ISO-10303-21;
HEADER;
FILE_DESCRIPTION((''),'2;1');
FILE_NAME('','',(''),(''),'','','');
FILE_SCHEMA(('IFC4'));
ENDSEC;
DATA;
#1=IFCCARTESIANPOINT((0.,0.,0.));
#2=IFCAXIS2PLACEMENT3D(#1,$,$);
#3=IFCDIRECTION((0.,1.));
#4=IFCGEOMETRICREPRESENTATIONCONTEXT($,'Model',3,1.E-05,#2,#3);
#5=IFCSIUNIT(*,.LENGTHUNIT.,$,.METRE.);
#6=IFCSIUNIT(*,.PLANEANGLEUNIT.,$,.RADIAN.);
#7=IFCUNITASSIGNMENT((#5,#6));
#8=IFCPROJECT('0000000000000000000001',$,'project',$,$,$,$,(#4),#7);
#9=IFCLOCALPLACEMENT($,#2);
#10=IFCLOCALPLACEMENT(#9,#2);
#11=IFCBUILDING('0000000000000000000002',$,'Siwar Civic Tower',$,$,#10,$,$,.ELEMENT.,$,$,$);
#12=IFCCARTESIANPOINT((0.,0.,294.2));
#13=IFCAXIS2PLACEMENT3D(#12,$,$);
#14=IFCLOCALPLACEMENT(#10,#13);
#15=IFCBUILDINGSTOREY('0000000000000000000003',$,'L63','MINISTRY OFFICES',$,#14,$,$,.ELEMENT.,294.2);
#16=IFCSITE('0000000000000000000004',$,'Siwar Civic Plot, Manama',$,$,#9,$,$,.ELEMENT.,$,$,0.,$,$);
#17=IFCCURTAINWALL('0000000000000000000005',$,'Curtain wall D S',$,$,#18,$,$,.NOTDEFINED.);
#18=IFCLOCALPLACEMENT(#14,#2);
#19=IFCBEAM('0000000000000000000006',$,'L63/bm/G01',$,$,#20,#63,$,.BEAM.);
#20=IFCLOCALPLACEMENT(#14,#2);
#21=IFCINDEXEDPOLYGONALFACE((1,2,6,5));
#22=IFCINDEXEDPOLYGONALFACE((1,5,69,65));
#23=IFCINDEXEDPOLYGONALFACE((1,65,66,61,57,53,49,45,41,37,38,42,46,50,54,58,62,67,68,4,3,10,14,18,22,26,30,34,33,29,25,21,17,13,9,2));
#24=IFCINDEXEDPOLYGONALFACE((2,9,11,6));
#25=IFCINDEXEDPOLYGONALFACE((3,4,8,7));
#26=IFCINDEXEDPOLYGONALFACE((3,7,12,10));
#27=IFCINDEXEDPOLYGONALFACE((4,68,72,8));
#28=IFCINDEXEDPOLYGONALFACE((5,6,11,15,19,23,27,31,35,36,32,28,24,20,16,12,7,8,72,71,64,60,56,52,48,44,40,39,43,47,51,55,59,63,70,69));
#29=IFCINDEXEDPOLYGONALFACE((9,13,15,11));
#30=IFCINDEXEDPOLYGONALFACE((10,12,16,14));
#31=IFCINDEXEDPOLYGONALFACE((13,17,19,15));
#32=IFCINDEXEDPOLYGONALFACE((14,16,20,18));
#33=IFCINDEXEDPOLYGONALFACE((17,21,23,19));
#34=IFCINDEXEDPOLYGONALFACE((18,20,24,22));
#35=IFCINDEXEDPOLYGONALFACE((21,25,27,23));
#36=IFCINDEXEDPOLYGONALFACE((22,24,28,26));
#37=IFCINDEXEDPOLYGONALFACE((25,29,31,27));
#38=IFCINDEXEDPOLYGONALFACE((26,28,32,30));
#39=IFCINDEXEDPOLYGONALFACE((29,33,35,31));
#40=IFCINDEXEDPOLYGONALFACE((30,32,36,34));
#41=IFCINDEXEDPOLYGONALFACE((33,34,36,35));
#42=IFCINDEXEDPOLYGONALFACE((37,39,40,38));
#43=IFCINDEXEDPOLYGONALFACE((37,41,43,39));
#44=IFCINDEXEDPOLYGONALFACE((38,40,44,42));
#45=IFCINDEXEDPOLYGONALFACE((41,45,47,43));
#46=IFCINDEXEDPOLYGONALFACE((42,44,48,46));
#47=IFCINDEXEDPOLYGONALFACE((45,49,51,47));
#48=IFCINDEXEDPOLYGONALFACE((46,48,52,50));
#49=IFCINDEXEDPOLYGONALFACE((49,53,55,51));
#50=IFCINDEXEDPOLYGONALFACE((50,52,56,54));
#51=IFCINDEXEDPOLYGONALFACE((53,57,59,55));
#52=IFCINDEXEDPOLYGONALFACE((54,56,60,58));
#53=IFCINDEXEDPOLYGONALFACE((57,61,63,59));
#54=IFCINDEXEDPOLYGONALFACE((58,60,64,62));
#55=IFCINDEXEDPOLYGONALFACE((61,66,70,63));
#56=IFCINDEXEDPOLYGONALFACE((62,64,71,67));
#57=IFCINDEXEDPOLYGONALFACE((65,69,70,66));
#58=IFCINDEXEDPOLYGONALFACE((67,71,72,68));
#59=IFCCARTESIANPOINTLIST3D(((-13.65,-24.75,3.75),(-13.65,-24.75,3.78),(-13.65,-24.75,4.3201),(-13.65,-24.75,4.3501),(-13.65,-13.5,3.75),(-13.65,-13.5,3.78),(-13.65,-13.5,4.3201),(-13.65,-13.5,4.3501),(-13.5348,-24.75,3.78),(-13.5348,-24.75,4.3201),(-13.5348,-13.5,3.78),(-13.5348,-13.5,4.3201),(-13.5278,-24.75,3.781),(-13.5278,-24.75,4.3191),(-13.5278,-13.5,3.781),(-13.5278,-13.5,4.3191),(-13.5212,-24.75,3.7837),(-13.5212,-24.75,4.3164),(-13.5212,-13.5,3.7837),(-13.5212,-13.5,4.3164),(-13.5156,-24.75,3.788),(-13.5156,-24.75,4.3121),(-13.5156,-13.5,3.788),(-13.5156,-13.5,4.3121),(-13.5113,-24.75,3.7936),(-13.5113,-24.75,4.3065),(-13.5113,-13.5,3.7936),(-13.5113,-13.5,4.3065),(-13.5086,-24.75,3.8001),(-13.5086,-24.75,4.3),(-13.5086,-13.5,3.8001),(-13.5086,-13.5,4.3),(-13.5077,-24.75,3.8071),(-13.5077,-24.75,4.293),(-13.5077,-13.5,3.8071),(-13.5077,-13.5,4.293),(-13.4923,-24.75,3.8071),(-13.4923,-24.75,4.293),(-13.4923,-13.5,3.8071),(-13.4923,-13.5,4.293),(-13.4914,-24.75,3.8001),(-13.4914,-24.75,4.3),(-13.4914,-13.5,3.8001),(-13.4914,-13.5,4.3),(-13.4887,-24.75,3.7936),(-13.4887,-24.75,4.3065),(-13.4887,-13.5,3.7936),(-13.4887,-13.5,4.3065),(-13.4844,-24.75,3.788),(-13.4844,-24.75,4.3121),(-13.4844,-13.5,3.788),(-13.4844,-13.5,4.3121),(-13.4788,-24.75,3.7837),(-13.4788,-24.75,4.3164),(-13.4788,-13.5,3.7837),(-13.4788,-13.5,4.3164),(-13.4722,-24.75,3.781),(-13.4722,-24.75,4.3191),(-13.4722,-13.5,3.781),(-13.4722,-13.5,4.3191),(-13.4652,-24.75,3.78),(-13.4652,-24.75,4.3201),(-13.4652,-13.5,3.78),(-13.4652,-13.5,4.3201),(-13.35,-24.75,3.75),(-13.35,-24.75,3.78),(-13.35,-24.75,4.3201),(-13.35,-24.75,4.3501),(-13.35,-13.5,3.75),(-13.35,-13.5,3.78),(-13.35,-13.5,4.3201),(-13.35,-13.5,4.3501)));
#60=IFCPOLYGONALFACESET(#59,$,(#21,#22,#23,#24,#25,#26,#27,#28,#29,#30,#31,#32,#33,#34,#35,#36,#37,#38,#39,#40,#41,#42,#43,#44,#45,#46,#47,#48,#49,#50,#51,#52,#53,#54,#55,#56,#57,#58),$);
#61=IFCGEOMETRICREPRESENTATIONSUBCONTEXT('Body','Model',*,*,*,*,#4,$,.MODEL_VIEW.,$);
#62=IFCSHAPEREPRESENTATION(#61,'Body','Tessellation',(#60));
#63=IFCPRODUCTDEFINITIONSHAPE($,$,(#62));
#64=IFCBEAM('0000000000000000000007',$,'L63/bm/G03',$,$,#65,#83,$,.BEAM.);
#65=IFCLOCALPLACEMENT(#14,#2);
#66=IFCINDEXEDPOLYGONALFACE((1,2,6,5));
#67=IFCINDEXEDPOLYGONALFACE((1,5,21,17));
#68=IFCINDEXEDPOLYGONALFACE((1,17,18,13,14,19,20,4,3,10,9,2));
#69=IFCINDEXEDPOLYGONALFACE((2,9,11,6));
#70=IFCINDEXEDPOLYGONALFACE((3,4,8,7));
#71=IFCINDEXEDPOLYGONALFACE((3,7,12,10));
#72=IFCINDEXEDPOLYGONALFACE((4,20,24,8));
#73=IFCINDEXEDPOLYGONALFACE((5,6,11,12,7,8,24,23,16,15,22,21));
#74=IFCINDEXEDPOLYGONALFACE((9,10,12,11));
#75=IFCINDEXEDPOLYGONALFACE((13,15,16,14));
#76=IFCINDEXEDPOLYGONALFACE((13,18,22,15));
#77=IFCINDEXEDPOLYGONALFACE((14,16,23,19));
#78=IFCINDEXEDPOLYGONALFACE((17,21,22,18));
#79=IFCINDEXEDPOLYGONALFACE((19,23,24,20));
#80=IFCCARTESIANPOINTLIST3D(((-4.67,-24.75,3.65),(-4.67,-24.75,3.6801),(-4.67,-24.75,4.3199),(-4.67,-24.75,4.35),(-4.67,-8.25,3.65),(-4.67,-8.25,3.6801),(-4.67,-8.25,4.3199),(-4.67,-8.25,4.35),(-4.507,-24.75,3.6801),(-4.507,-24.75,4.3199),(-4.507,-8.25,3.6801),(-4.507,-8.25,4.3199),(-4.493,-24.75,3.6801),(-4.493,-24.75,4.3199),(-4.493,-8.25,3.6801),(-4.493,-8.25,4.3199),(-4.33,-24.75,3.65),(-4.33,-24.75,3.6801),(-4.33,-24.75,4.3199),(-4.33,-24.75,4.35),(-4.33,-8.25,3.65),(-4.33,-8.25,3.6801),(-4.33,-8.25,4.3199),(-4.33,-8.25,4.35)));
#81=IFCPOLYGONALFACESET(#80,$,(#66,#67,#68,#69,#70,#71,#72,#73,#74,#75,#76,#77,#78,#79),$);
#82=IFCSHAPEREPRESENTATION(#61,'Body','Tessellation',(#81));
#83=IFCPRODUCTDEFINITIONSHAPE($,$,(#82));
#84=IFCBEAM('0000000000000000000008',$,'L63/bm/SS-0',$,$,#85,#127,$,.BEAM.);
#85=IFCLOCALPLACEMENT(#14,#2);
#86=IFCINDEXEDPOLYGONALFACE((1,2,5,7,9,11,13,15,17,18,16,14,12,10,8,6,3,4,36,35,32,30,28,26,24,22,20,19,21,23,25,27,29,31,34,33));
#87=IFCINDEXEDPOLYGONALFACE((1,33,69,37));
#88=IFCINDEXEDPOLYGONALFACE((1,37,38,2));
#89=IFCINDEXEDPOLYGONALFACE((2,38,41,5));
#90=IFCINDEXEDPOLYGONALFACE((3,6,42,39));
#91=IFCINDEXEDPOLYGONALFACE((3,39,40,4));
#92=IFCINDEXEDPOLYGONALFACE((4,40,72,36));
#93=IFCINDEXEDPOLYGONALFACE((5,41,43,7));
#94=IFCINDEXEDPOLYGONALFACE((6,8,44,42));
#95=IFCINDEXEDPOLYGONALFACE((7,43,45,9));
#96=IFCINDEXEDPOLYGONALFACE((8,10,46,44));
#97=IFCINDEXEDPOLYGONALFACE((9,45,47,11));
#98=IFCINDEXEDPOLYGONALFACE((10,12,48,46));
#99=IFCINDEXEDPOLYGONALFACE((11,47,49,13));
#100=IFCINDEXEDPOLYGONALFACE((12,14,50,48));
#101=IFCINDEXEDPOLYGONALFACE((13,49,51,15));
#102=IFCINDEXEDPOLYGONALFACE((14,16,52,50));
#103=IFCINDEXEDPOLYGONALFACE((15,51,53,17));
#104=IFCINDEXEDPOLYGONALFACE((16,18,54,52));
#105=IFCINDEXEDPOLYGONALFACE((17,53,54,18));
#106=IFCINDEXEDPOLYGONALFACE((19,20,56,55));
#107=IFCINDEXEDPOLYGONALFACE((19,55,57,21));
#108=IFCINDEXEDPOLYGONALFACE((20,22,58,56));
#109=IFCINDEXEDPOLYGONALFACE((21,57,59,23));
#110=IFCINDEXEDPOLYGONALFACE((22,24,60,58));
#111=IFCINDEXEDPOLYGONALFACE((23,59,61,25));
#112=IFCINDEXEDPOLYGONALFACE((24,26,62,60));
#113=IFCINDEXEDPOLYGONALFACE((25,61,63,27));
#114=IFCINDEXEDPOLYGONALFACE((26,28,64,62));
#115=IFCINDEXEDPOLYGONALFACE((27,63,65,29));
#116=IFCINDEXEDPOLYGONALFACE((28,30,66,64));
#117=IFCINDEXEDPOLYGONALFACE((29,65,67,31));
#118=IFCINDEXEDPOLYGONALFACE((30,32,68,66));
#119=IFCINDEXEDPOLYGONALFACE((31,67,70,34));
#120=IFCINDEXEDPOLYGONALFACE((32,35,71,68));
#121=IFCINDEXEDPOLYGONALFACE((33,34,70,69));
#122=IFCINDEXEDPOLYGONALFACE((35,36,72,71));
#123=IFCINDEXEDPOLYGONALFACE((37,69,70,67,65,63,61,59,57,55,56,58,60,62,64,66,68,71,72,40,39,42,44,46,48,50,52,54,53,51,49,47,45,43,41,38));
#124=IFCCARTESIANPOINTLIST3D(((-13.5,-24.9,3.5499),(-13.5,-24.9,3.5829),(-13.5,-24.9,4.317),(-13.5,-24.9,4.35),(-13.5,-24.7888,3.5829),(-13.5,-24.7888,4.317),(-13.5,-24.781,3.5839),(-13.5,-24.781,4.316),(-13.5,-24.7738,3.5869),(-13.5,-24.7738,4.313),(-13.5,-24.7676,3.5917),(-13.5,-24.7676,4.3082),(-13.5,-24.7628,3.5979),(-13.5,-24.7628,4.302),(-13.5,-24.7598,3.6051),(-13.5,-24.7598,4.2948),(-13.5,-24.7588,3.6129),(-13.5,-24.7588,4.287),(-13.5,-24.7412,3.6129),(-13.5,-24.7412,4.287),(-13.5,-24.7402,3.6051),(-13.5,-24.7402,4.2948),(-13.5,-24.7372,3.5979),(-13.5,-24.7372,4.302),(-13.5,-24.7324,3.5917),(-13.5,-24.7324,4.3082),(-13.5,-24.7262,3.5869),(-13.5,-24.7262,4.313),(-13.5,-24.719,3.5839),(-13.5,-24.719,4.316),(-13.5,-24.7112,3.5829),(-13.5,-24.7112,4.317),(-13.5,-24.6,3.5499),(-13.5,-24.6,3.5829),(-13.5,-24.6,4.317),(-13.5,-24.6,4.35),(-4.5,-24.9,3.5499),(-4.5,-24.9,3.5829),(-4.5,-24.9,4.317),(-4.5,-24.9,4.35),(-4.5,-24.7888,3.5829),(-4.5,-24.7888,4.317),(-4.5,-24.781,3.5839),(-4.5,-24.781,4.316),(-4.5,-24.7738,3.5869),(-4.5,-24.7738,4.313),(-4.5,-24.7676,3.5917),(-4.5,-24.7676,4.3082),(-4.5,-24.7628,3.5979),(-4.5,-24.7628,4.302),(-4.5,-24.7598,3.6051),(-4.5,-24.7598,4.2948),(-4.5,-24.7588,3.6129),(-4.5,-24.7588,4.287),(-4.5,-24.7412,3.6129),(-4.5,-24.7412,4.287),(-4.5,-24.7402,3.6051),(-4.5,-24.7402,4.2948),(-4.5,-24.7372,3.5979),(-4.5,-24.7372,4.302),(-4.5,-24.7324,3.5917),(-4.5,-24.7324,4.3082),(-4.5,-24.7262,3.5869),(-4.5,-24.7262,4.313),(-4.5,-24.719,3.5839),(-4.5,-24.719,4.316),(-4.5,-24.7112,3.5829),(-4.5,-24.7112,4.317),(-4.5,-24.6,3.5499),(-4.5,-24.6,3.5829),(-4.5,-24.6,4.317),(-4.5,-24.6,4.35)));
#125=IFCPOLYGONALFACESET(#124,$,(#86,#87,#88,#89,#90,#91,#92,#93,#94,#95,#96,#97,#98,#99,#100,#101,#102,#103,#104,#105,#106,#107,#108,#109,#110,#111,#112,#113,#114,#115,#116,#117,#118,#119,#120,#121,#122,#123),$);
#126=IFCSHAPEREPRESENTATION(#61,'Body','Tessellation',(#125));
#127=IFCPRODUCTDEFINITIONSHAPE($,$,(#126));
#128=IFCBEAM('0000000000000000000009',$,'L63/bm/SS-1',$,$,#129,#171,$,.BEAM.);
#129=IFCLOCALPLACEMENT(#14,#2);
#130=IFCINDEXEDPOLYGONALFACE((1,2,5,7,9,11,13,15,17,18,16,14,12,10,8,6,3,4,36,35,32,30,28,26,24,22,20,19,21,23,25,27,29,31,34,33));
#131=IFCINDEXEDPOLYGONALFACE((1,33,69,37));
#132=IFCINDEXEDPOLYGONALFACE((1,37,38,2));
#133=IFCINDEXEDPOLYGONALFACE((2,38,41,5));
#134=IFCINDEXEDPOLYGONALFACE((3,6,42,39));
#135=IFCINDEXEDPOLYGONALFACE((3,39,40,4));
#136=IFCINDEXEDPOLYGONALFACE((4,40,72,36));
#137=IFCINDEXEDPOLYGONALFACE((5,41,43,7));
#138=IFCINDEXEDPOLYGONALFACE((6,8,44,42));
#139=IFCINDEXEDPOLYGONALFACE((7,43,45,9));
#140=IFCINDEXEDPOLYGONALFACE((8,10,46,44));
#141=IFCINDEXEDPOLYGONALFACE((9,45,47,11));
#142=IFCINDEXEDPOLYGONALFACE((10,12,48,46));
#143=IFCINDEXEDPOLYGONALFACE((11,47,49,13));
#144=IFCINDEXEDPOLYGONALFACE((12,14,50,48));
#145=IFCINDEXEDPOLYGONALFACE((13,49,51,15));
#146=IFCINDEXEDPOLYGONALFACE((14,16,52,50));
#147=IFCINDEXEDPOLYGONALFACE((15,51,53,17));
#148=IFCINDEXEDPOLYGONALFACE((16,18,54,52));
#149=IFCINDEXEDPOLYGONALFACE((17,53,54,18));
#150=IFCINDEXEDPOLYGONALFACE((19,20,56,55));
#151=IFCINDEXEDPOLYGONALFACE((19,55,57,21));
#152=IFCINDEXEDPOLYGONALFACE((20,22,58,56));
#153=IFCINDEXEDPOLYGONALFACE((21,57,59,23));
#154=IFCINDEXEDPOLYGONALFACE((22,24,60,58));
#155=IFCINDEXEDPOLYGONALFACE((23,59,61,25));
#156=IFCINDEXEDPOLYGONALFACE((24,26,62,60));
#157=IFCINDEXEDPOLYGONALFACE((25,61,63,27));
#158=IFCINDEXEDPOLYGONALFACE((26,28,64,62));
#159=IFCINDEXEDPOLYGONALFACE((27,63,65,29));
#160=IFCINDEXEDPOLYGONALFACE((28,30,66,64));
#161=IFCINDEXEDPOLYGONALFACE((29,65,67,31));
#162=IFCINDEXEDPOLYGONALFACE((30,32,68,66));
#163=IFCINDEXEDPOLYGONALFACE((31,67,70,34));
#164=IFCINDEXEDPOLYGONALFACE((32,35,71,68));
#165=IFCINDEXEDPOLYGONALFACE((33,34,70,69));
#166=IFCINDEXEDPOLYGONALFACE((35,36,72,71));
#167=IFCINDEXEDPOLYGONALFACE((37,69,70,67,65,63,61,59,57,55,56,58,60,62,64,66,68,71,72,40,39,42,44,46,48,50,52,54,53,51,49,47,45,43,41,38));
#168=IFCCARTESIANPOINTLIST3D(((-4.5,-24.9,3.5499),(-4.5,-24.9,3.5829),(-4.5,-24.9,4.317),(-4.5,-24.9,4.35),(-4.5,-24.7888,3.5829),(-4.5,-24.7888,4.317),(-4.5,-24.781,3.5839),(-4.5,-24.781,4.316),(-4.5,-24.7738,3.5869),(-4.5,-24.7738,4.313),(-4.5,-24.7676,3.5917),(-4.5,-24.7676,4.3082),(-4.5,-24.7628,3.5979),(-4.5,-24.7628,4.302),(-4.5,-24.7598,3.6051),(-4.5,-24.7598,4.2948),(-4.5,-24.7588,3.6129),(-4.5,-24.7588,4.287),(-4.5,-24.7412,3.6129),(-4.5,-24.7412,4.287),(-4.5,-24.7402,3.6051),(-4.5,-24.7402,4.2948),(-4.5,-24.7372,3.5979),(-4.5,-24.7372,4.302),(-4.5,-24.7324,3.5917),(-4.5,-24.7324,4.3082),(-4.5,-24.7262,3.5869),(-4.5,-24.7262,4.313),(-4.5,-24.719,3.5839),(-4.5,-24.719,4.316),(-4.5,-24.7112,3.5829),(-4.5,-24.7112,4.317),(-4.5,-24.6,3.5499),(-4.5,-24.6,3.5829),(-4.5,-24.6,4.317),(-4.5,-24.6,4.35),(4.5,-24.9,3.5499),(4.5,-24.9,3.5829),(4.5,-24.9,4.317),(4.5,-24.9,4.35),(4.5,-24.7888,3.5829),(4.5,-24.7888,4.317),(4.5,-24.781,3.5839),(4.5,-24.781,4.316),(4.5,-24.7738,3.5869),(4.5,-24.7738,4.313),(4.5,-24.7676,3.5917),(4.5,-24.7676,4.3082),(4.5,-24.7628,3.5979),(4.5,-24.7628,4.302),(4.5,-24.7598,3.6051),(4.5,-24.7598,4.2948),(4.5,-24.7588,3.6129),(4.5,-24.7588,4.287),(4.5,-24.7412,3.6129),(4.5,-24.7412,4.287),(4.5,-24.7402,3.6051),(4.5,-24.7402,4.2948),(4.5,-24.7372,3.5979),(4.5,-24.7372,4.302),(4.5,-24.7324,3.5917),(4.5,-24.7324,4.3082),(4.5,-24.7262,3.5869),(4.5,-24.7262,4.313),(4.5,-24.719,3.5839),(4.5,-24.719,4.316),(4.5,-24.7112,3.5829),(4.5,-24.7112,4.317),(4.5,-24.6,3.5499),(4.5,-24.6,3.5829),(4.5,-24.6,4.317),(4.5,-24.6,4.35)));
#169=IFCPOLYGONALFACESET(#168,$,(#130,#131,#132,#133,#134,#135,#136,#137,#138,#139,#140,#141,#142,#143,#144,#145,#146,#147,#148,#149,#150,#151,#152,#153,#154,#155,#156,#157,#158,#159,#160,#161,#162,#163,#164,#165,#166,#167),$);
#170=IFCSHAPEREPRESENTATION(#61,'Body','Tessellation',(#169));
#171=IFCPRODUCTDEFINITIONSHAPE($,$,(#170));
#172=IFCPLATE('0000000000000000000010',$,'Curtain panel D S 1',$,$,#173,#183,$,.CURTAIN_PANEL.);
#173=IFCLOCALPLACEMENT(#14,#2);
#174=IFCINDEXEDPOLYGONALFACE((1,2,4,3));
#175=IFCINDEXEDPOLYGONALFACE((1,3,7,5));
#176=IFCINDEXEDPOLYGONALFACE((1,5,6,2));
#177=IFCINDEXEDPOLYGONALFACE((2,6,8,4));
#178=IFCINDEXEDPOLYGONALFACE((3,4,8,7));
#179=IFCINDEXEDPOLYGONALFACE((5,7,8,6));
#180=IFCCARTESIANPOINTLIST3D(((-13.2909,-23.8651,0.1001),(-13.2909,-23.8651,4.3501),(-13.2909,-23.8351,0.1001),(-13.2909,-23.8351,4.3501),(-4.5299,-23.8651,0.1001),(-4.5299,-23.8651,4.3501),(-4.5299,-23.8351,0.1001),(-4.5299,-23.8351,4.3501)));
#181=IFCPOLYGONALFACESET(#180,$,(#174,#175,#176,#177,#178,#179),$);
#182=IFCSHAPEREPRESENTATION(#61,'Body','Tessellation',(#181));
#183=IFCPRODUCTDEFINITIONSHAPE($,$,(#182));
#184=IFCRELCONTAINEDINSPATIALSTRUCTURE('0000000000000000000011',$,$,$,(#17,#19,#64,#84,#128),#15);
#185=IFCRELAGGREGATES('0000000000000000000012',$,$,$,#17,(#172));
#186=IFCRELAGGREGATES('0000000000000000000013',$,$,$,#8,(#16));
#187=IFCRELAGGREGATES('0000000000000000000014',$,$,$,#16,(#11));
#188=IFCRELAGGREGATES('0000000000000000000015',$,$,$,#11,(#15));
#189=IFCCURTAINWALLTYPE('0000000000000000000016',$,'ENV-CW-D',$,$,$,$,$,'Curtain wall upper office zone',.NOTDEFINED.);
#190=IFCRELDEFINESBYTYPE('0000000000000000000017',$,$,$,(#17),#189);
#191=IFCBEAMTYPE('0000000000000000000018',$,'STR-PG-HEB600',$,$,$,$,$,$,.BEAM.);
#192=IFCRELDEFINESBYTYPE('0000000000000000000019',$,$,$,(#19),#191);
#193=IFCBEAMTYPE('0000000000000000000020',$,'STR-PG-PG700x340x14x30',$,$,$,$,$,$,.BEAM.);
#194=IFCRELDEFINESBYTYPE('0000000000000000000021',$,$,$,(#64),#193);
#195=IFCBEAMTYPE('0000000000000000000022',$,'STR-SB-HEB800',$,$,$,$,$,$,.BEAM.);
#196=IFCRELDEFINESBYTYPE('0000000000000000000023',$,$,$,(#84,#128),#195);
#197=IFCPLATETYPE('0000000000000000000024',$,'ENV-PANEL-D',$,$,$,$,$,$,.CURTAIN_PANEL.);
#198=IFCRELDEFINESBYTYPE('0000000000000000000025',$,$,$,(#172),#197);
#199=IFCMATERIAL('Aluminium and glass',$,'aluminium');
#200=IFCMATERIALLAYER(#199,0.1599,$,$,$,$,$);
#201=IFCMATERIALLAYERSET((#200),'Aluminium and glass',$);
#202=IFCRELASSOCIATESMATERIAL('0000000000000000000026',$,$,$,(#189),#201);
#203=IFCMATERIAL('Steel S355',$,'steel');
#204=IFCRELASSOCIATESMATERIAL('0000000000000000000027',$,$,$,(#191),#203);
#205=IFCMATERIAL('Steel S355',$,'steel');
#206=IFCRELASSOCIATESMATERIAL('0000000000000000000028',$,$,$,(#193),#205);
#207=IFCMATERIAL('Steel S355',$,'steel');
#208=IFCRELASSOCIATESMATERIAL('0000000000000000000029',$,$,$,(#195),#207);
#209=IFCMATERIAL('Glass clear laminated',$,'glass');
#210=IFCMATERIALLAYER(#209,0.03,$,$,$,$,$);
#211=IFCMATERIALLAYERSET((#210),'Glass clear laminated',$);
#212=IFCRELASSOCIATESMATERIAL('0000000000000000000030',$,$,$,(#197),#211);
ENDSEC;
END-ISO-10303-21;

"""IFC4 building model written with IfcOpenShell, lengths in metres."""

from ifc_helpers import new_model, si_unit, direction, frame, origin, origin_2d, place, context, subcontext, project, spatial, rectangle, i_section, extrude, material, layer, layer_set, material_profile, profile_set, type_object, element, aggregate, save


model = new_model("IFC4")

# Units and contexts
model_context = context("Model", 3, precision=1e-05, world=origin(), true_north=direction((0.0, 1.0)))
body_context = subcontext(model_context, "Body", "Model", "MODEL_VIEW")
ifc_project = project(units=[si_unit("LENGTHUNIT", "METRE"), si_unit("PLANEANGLEUNIT", "RADIAN")], contexts=[model_context])

# Site, building, storey
site_placement = place(None, origin())
site = spatial("IfcSite", under=ifc_project, at=site_placement, Name="Siwar Civic Plot, Manama", CompositionType="ELEMENT", RefElevation=0.0)
building_placement = place(site_placement, origin())
building = spatial("IfcBuilding", under=site, at=building_placement, Name="Siwar Civic Tower", CompositionType="ELEMENT")
storey_placement = place(building_placement, frame((0.0, 0.0, 294.2)))
storey = spatial("IfcBuildingStorey", under=building, at=storey_placement, Name="L63", Description="MINISTRY OFFICES", CompositionType="ELEMENT", Elevation=294.2)

# Curtain wall
ifc_material_1 = material(Name="Aluminium and glass", Category="aluminium")
ifc_layer_1 = layer(ifc_material_1, 0.1599)
ifc_layer_set_1 = layer_set([ifc_layer_1], Name="Aluminium and glass")
curtain_wall_type = type_object("IfcCurtainWallType", Name="ENV-CW-D", ElementType="Curtain wall upper office zone", PredefinedType="NOTDEFINED", material=ifc_layer_set_1)
curtain_wall_placement = place(storey_placement, origin())
curtain_wall = element("IfcCurtainWall", 1, at=curtain_wall_placement, inside=storey, type_object=curtain_wall_type, Name="Curtain wall D S", PredefinedType="NOTDEFINED")

# Beams
ifc_material_2 = material(Name="Steel S355", Category="steel")
ifc_material_profile_1 = material_profile(ifc_material_2, i_section(OverallWidth=0.3, OverallDepth=0.6001, WebThickness=0.0154, FlangeThickness=0.03, FilletRadius=0.0271, at=origin_2d()), Name="HEB600")
ifc_profile_set_1 = profile_set([ifc_material_profile_1], Name="Steel S355")
beam_type_1 = type_object("IfcBeamType", Name="STR-PG-HEB600", PredefinedType="BEAM", material=ifc_profile_set_1)
beam_1_placement = place(storey_placement, frame((-13.5, -24.75, 4.05), z_axis=(0.0, 1.0, 0.0), x_axis=(-1.0, 0.0, 0.0)))
element("IfcBeam", 2, at=beam_1_placement, inside=storey, type_object=beam_type_1, Name="L63/bm/G01", PredefinedType="BEAM", context=body_context, shape_type="SweptSolid", body=[
    extrude(i_section(OverallWidth=0.3, OverallDepth=0.6001, WebThickness=0.0154, FlangeThickness=0.03, FilletRadius=0.0271, at=origin_2d()), origin(), (0.0, 0.0, 1.0), 11.25),
])
ifc_material_3 = material(Name="Steel S355", Category="steel")
ifc_material_profile_2 = material_profile(ifc_material_3, i_section(OverallWidth=0.3401, OverallDepth=0.7, WebThickness=0.0139, FlangeThickness=0.03, at=origin_2d()), Name="PG700x340x14x30")
ifc_profile_set_2 = profile_set([ifc_material_profile_2], Name="Steel S355")
beam_type_2 = type_object("IfcBeamType", Name="STR-PG-PG700x340x14x30", PredefinedType="BEAM", material=ifc_profile_set_2)
beam_2_placement = place(storey_placement, frame((-4.5, -24.75, 4.0), z_axis=(0.0, 1.0, 0.0), x_axis=(-1.0, 0.0, 0.0)))
element("IfcBeam", 3, at=beam_2_placement, inside=storey, type_object=beam_type_2, Name="L63/bm/G03", PredefinedType="BEAM", context=body_context, shape_type="SweptSolid", body=[
    extrude(i_section(OverallWidth=0.3401, OverallDepth=0.7, WebThickness=0.0139, FlangeThickness=0.03, at=origin_2d()), origin(), (0.0, 0.0, 1.0), 16.5),
])
ifc_material_4 = material(Name="Steel S355", Category="steel")
ifc_material_profile_3 = material_profile(ifc_material_4, i_section(OverallWidth=0.3, OverallDepth=0.8, WebThickness=0.0176, FlangeThickness=0.033, FilletRadius=0.03, at=origin_2d()), Name="HEB800")
ifc_profile_set_3 = profile_set([ifc_material_profile_3], Name="Steel S355")
beam_type_3 = type_object("IfcBeamType", Name="STR-SB-HEB800", PredefinedType="BEAM", material=ifc_profile_set_3)
for number, where, z_axis, x_axis, name in (
    (4, (-13.5, -24.75, 3.95), (1.0, 0.0, 0.0), (0.0, 1.0, 0.0), "L63/bm/SS-0"),
    (5, (-4.5, -24.75, 3.95), (1.0, 0.0, 0.0), (0.0, 1.0, 0.0), "L63/bm/SS-1"),
):
    element("IfcBeam", number, at=place(storey_placement, frame(where, z_axis=z_axis, x_axis=x_axis)), inside=storey, type_object=beam_type_3, Name=name, PredefinedType="BEAM", context=body_context, shape_type="SweptSolid", body=[
        extrude(i_section(OverallWidth=0.3, OverallDepth=0.8, WebThickness=0.0176, FlangeThickness=0.033, FilletRadius=0.03, at=origin_2d()), origin(), (0.0, 0.0, 1.0), 9.0),
    ])

# Plate
ifc_material_5 = material(Name="Glass clear laminated", Category="glass")
ifc_layer_2 = layer(ifc_material_5, 0.03)
ifc_layer_set_2 = layer_set([ifc_layer_2], Name="Glass clear laminated")
plate_type = type_object("IfcPlateType", Name="ENV-PANEL-D", PredefinedType="CURTAIN_PANEL", material=ifc_layer_set_2)
plate_placement = place(storey_placement, frame((-8.9104, -23.8501, 0.1001), z_axis=(0.0, 0.0, 1.0), x_axis=(1.0, 0.0, 0.0)))
plate = element("IfcPlate", 6, at=plate_placement, type_object=plate_type, Name="Curtain panel D S 1", PredefinedType="CURTAIN_PANEL", context=body_context, shape_type="SweptSolid", body=[
    extrude(rectangle(XDim=8.761, YDim=0.03, at=origin_2d()), origin(), (0.0, 0.0, 1.0), 4.25),
])
aggregate(curtain_wall, [plate])

save(model, "model.ifc")
